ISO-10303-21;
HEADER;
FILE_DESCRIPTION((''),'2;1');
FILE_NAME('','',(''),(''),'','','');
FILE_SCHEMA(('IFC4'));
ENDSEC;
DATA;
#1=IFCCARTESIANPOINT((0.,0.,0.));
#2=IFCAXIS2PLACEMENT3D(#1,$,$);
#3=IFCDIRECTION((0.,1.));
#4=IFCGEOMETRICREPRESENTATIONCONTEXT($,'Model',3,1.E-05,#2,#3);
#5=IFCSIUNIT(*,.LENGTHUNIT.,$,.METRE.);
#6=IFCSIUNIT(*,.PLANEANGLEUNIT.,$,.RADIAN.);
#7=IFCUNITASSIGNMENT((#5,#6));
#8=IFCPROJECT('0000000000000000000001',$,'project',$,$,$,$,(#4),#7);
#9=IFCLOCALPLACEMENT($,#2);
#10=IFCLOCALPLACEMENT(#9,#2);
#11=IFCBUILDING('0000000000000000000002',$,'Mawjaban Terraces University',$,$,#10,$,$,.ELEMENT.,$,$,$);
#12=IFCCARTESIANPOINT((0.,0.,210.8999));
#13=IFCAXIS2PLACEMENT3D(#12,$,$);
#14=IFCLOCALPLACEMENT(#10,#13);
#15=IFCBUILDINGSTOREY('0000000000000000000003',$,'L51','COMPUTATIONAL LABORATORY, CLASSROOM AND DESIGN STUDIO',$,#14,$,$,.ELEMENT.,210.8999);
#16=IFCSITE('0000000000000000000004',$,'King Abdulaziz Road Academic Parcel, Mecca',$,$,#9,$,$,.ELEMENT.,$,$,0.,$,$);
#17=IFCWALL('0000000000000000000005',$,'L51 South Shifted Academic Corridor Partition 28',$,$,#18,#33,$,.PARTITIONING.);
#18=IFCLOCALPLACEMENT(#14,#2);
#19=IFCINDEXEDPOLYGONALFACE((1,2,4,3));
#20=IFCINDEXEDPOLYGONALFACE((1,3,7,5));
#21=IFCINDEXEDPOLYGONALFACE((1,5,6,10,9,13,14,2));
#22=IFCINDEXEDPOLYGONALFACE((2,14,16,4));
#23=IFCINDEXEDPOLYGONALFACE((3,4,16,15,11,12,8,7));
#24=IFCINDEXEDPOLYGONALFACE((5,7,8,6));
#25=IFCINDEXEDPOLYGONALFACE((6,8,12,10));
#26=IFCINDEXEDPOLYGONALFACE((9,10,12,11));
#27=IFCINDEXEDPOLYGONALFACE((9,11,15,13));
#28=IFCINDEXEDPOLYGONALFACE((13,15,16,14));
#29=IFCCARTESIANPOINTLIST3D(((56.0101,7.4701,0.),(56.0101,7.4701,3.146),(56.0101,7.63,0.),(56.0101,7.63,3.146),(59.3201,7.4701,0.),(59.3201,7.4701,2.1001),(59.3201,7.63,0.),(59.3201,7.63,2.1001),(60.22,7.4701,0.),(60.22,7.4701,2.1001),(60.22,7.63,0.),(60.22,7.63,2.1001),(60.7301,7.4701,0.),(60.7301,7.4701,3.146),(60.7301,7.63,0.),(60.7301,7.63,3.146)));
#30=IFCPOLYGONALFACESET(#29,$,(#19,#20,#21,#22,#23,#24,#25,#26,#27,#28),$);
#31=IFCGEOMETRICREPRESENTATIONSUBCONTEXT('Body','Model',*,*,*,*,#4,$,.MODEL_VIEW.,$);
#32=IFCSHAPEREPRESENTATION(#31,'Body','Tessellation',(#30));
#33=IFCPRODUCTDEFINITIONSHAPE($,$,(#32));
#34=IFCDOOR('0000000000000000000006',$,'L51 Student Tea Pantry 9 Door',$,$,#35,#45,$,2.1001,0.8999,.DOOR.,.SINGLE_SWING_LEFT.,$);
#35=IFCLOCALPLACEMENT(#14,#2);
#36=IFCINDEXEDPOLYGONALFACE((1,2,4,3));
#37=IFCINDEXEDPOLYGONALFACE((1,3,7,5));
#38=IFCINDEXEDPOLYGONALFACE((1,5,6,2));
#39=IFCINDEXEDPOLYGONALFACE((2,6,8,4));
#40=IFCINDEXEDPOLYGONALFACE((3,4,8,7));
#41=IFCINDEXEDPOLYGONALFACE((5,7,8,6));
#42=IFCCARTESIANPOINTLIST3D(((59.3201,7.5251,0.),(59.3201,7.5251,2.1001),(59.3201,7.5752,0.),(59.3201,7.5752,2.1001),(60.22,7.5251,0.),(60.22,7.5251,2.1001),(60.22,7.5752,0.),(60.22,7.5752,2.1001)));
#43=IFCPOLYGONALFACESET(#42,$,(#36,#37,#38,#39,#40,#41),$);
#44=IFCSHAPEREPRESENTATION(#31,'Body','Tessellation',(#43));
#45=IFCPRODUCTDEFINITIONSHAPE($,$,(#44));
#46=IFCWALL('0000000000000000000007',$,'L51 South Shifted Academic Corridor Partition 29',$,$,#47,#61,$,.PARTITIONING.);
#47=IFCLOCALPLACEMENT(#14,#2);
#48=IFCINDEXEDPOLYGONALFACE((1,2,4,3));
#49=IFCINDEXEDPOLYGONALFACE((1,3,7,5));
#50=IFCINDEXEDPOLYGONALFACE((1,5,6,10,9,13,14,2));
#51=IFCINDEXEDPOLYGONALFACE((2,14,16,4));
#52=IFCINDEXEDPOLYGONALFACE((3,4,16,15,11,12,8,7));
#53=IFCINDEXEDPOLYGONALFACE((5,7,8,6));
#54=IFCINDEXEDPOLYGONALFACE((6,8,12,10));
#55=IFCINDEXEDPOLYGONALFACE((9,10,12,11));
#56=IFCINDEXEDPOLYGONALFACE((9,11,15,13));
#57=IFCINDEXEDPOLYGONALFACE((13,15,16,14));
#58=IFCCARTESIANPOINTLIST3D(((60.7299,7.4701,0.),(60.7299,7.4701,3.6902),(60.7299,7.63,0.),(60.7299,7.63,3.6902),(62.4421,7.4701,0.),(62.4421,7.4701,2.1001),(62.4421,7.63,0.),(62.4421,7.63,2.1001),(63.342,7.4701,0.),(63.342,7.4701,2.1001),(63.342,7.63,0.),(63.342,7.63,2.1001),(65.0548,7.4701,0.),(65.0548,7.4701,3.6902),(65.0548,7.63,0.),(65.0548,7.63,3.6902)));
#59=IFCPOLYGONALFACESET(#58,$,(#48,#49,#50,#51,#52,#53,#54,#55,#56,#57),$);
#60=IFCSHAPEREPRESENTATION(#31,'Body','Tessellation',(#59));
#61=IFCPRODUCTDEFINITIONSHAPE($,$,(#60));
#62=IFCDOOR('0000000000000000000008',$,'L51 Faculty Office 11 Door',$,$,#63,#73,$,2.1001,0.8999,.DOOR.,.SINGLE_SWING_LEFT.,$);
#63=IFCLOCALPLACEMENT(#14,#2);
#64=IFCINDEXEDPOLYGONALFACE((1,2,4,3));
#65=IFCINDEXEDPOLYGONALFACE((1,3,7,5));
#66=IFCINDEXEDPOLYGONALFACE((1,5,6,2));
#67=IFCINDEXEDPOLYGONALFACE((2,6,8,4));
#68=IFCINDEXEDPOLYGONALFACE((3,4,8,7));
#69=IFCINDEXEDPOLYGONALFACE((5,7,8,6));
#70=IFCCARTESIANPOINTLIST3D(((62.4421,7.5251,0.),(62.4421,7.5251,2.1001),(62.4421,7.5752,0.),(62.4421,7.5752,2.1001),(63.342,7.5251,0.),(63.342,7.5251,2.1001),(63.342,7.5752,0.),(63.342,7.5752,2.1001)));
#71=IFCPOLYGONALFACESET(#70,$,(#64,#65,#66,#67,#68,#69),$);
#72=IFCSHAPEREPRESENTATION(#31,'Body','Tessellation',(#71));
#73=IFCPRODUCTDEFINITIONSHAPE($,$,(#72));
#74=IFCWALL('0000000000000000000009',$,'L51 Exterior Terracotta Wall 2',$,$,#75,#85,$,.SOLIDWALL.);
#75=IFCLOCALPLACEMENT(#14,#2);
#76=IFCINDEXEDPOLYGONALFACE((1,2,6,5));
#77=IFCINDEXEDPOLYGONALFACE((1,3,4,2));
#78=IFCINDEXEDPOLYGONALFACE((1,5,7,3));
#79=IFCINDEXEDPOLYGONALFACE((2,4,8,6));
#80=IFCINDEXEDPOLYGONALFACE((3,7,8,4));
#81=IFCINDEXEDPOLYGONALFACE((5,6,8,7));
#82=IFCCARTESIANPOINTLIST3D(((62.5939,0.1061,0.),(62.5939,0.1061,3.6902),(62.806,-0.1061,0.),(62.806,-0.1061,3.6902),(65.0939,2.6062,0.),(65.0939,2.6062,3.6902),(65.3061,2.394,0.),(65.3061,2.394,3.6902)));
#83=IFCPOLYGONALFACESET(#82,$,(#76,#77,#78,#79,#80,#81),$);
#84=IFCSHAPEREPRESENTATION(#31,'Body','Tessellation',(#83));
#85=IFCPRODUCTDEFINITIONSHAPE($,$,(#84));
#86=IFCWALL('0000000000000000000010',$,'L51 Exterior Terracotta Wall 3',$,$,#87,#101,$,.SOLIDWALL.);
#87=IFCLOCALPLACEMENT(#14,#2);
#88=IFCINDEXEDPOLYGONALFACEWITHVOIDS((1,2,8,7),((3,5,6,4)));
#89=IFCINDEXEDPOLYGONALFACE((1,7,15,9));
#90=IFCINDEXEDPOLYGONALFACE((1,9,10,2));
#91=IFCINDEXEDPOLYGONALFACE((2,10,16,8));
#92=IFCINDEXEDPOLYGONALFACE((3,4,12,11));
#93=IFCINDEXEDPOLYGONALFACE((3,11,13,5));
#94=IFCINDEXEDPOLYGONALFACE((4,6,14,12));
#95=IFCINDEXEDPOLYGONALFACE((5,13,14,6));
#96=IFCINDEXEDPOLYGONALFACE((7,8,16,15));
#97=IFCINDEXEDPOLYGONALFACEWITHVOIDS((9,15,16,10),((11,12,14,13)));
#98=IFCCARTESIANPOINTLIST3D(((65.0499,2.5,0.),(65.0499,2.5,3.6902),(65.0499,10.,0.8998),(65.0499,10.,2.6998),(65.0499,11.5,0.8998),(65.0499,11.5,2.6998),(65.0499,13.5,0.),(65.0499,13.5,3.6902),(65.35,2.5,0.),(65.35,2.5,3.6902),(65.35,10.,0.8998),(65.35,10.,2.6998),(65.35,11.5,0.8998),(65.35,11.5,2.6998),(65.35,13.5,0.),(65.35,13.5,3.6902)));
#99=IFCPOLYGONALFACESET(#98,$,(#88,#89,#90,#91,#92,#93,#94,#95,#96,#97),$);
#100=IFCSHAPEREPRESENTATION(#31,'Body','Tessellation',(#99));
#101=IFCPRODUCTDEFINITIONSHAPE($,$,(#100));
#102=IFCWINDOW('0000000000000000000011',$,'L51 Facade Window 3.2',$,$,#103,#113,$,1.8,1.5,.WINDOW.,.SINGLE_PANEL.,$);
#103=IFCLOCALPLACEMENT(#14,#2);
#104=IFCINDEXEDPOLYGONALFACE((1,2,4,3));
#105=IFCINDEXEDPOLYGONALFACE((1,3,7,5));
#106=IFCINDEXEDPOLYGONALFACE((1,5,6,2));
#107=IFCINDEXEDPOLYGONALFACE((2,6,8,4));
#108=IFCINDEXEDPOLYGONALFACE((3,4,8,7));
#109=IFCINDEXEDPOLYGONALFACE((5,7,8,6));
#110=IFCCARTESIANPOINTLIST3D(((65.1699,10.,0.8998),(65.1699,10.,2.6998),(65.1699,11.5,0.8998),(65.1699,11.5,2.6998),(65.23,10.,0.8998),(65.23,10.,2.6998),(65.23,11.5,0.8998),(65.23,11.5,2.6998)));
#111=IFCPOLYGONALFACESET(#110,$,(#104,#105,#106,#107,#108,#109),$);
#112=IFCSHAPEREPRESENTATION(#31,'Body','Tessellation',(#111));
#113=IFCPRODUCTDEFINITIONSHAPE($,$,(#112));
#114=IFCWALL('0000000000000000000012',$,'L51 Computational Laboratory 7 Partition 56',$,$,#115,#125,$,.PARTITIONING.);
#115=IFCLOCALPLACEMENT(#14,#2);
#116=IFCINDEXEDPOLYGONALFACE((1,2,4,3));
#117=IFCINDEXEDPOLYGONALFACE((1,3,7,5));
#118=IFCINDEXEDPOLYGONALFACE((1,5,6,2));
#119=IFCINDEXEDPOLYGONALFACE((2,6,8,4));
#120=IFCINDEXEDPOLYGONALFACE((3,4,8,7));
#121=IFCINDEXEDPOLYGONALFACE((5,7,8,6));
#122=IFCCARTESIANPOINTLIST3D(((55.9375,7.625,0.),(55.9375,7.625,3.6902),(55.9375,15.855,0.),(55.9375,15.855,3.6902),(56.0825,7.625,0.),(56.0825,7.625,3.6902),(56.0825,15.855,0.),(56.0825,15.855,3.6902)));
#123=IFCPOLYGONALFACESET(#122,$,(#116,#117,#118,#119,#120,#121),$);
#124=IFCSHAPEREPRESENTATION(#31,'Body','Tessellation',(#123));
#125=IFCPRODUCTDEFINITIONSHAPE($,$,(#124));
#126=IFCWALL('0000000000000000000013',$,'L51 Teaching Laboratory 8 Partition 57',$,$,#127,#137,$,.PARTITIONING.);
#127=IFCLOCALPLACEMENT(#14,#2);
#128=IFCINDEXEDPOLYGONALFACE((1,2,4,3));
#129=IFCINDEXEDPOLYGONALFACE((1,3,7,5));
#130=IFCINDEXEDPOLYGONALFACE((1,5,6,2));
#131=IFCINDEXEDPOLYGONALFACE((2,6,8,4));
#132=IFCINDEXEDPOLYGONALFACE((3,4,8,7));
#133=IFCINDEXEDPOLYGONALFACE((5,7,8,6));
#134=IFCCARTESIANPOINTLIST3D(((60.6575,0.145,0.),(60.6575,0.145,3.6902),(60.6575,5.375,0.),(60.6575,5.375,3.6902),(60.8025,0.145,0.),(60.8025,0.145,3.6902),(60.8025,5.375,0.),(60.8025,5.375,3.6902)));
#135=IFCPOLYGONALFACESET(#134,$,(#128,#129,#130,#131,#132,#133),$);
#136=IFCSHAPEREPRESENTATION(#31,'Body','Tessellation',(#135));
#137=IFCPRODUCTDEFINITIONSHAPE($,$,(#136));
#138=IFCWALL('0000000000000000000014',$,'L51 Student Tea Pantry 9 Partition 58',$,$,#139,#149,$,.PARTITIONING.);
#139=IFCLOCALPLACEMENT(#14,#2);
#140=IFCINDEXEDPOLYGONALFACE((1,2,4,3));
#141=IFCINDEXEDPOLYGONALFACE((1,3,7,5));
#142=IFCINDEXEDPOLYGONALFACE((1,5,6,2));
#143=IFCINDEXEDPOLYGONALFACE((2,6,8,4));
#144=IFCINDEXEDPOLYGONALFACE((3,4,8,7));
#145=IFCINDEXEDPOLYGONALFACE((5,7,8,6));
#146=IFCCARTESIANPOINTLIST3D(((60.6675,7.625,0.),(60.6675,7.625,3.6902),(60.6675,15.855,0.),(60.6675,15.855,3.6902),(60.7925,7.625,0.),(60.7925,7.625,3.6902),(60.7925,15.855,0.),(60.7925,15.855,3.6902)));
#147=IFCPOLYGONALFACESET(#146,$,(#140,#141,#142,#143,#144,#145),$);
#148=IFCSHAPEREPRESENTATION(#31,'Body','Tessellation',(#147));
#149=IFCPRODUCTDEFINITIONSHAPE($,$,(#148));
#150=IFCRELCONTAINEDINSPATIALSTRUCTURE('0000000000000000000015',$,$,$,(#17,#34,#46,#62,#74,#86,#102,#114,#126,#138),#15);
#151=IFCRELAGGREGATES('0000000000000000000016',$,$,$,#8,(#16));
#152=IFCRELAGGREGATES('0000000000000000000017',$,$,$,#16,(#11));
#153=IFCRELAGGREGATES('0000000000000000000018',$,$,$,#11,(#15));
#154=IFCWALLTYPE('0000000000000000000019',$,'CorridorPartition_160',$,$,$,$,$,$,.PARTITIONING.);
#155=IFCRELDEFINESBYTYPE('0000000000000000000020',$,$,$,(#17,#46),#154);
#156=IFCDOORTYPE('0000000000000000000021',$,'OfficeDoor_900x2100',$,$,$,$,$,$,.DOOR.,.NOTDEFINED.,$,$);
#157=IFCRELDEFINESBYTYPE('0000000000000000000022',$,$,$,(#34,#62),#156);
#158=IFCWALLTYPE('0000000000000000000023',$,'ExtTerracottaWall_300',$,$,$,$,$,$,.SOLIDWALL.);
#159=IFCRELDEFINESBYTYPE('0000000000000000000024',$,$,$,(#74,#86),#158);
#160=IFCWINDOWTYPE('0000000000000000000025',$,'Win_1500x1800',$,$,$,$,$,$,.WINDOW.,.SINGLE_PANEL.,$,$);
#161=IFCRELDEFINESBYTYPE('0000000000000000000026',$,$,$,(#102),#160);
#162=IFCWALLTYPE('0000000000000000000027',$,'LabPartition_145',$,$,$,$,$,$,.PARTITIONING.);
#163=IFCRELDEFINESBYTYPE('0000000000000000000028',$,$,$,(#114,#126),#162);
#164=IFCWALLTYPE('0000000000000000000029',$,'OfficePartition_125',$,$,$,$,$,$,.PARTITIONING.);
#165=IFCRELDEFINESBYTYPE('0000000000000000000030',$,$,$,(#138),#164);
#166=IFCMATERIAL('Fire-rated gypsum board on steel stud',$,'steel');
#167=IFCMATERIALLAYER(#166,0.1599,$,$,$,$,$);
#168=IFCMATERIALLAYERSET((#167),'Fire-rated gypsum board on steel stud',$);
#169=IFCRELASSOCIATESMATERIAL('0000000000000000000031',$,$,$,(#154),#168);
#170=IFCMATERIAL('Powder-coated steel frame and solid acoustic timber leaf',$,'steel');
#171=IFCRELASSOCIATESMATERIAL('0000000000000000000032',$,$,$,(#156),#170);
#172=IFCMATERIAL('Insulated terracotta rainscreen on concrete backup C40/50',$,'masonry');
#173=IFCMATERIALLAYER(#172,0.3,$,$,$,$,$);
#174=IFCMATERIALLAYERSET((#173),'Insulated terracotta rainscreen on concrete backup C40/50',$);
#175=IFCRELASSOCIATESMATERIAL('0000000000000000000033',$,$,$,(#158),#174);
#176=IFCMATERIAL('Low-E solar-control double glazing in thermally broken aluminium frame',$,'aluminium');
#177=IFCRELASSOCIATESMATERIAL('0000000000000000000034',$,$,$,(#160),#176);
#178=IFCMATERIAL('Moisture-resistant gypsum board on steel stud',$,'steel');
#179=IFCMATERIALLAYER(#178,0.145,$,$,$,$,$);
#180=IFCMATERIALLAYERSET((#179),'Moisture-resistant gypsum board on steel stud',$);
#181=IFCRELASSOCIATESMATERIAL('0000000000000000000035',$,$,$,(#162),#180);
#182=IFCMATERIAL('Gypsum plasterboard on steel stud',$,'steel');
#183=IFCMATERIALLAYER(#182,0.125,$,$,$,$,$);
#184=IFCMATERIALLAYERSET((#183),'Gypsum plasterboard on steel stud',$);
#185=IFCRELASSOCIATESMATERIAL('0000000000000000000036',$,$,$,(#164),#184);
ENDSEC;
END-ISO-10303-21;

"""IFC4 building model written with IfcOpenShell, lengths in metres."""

from ifc_helpers import new_model, si_unit, direction, frame, frame_2d, origin, place, context, subcontext, project, spatial, rectangle, extrude, material, layer, layer_set, type_object, element, fill, save


model = new_model("IFC4")

# Units and contexts
model_context = context("Model", 3, precision=1e-05, world=origin(), true_north=direction((0.0, 1.0)))
body_context = subcontext(model_context, "Body", "Model", "MODEL_VIEW")
ifc_project = project(units=[si_unit("LENGTHUNIT", "METRE"), si_unit("PLANEANGLEUNIT", "RADIAN")], contexts=[model_context])

# Site, building, storey
site_placement = place(None, origin())
site = spatial("IfcSite", under=ifc_project, at=site_placement, Name="King Abdulaziz Road Academic Parcel, Mecca", CompositionType="ELEMENT", RefElevation=0.0)
building_placement = place(site_placement, origin())
building = spatial("IfcBuilding", under=site, at=building_placement, Name="Mawjaban Terraces University", CompositionType="ELEMENT")
storey_placement = place(building_placement, frame((0.0, 0.0, 210.8999)))
storey = spatial("IfcBuildingStorey", under=building, at=storey_placement, Name="L51", Description="COMPUTATIONAL LABORATORY, CLASSROOM AND DESIGN STUDIO", CompositionType="ELEMENT", Elevation=210.8999)

# Walls, openings, doors
ifc_material_1 = material(Name="Fire-rated gypsum board on steel stud", Category="steel")
ifc_layer_1 = layer(ifc_material_1, 0.1599)
ifc_layer_set_1 = layer_set([ifc_layer_1], Name="Fire-rated gypsum board on steel stud")
wall_type_1 = type_object("IfcWallType", Name="CorridorPartition_160", PredefinedType="PARTITIONING", material=ifc_layer_set_1)
ifc_material_2 = material(Name="Powder-coated steel frame and solid acoustic timber leaf", Category="steel")
door_type_1 = type_object("IfcDoorType", Name="OfficeDoor_900x2100", OperationType="NOTDEFINED", PredefinedType="DOOR", material=ifc_material_2)
wall_1_placement = place(storey_placement, frame((60.73, 7.55, 0.0), z_axis=(0.0, 0.0, 1.0), x_axis=(-1.0, 0.0, 0.0)))
wall_1 = element("IfcWall", 1, at=wall_1_placement, inside=storey, type_object=wall_type_1, Name="L51 South Shifted Academic Corridor Partition 28", PredefinedType="PARTITIONING", context=body_context, shape_type="SweptSolid", body=[
    extrude(rectangle(XDim=4.72, YDim=0.1599, at=frame_2d((2.3599, 0.0))), origin(), (0.0, 0.0, 1.0), 3.146),
])
opening_1_placement = place(wall_1_placement, frame((0.51, 0.0, 0.0)))
opening_1 = element("IfcOpeningElement", 2, at=opening_1_placement, cuts=wall_1, PredefinedType="OPENING", context=body_context, shape_type="SweptSolid", body=[
    extrude(rectangle(XDim=0.8999, YDim=2.1001, at=frame_2d((0.45, 1.05))), frame((0.0, 0.0898, 0.0), z_axis=(0.0, -1.0, 0.0), x_axis=(1.0, 0.0, 0.0)), (0.0, 0.0, 1.0), 0.1799),
])
door_1_placement = place(opening_1_placement, origin())
door_1 = element("IfcDoor", 3, at=door_1_placement, inside=storey, type_object=door_type_1, Name="L51 Student Tea Pantry 9 Door", OperationType="SINGLE_SWING_LEFT", OverallHeight=2.1001, OverallWidth=0.8999, PredefinedType="DOOR", context=body_context, shape_type="SweptSolid", body=[
    extrude(rectangle(XDim=0.8999, YDim=2.1001, at=frame_2d((0.45, 1.05))), frame((0.0, 0.0249, 0.0), z_axis=(0.0, -1.0, 0.0), x_axis=(1.0, 0.0, 0.0)), (0.0, 0.0, 1.0), 0.05),
])
fill(opening_1, door_1)
wall_2_placement = place(storey_placement, frame((65.0549, 7.55, 0.0), z_axis=(0.0, 0.0, 1.0), x_axis=(-1.0, 0.0, 0.0)))
wall_2 = element("IfcWall", 4, at=wall_2_placement, inside=storey, type_object=wall_type_1, Name="L51 South Shifted Academic Corridor Partition 29", PredefinedType="PARTITIONING", context=body_context, shape_type="SweptSolid", body=[
    extrude(rectangle(XDim=4.325, YDim=0.1599, at=frame_2d((2.1626, 0.0))), origin(), (0.0, 0.0, 1.0), 3.6902),
])
opening_2_placement = place(wall_2_placement, frame((1.7129, 0.0, 0.0)))
opening_2 = element("IfcOpeningElement", 5, at=opening_2_placement, cuts=wall_2, PredefinedType="OPENING", context=body_context, shape_type="SweptSolid", body=[
    extrude(rectangle(XDim=0.8999, YDim=2.1001, at=frame_2d((0.45, 1.05))), frame((0.0, 0.0898, 0.0), z_axis=(0.0, -1.0, 0.0), x_axis=(1.0, 0.0, 0.0)), (0.0, 0.0, 1.0), 0.1799),
])
door_2_placement = place(opening_2_placement, origin())
door_2 = element("IfcDoor", 6, at=door_2_placement, inside=storey, type_object=door_type_1, Name="L51 Faculty Office 11 Door", OperationType="SINGLE_SWING_LEFT", OverallHeight=2.1001, OverallWidth=0.8999, PredefinedType="DOOR", context=body_context, shape_type="SweptSolid", body=[
    extrude(rectangle(XDim=0.8999, YDim=2.1001, at=frame_2d((0.45, 1.05))), frame((0.0, 0.0249, 0.0), z_axis=(0.0, -1.0, 0.0), x_axis=(1.0, 0.0, 0.0)), (0.0, 0.0, 1.0), 0.05),
])
fill(opening_2, door_2)

# Wall
ifc_material_3 = material(Name="Insulated terracotta rainscreen on concrete backup C40/50", Category="masonry")
ifc_layer_2 = layer(ifc_material_3, 0.3)
ifc_layer_set_2 = layer_set([ifc_layer_2], Name="Insulated terracotta rainscreen on concrete backup C40/50")
wall_type_2 = type_object("IfcWallType", Name="ExtTerracottaWall_300", PredefinedType="SOLIDWALL", material=ifc_layer_set_2)
wall_3_placement = place(storey_placement, frame((62.7, 0.0, 0.0), z_axis=(0.0, 0.0, 1.0), x_axis=(0.707107, 0.707107, 0.0)))
element("IfcWall", 7, at=wall_3_placement, inside=storey, type_object=wall_type_2, Name="L51 Exterior Terracotta Wall 2", PredefinedType="SOLIDWALL", context=body_context, shape_type="SweptSolid", body=[
    extrude(rectangle(XDim=3.5356, YDim=0.3, at=frame_2d((1.7678, 0.0))), origin(), (0.0, 0.0, 1.0), 3.6902),
])

# Wall, opening, window
wall_4_placement = place(storey_placement, frame((65.2, 2.5, 0.0), z_axis=(0.0, 0.0, 1.0), x_axis=(0.0, 1.0, 0.0)))
wall_4 = element("IfcWall", 8, at=wall_4_placement, inside=storey, type_object=wall_type_2, Name="L51 Exterior Terracotta Wall 3", PredefinedType="SOLIDWALL", context=body_context, shape_type="SweptSolid", body=[
    extrude(rectangle(XDim=11.0, YDim=0.3, at=frame_2d((5.5, 0.0))), origin(), (0.0, 0.0, 1.0), 3.6902),
])
opening_3_placement = place(wall_4_placement, frame((7.5, 0.0, 0.8999)))
opening_3 = element("IfcOpeningElement", 9, at=opening_3_placement, cuts=wall_4, PredefinedType="OPENING", context=body_context, shape_type="SweptSolid", body=[
    extrude(rectangle(XDim=1.5, YDim=1.8, at=frame_2d((0.75, 0.8999))), frame((0.0, 0.1599, 0.0), z_axis=(0.0, -1.0, 0.0), x_axis=(1.0, 0.0, 0.0)), (0.0, 0.0, 1.0), 0.3201),
])
ifc_material_4 = material(Name="Low-E solar-control double glazing in thermally broken aluminium frame", Category="aluminium")
window_type = type_object("IfcWindowType", Name="Win_1500x1800", PartitioningType="SINGLE_PANEL", PredefinedType="WINDOW", material=ifc_material_4)
window_placement = place(opening_3_placement, origin())
window = element("IfcWindow", 10, at=window_placement, inside=storey, type_object=window_type, Name="L51 Facade Window 3.2", OverallHeight=1.8, OverallWidth=1.5, PartitioningType="SINGLE_PANEL", PredefinedType="WINDOW", context=body_context, shape_type="SweptSolid", body=[
    extrude(rectangle(XDim=1.5, YDim=1.8, at=frame_2d((0.75, 0.8999))), frame((0.0, 0.03, 0.0), z_axis=(0.0, -1.0, 0.0), x_axis=(1.0, 0.0, 0.0)), (0.0, 0.0, 1.0), 0.0601),
])
fill(opening_3, window)

# Shared definitions
ifc_material_5 = material(Name="Moisture-resistant gypsum board on steel stud", Category="steel")
ifc_layer_3 = layer(ifc_material_5, 0.145)
ifc_layer_set_3 = layer_set([ifc_layer_3], Name="Moisture-resistant gypsum board on steel stud")
wall_type_3 = type_object("IfcWallType", Name="LabPartition_145", PredefinedType="PARTITIONING", material=ifc_layer_set_3)

# Walls
wall_5_placement = place(storey_placement, frame((56.01, 7.625, 0.0), z_axis=(0.0, 0.0, 1.0), x_axis=(0.0, 1.0, 0.0)))
element("IfcWall", 11, at=wall_5_placement, inside=storey, type_object=wall_type_3, Name="L51 Computational Laboratory 7 Partition 56", PredefinedType="PARTITIONING", context=body_context, shape_type="SweptSolid", body=[
    extrude(rectangle(XDim=8.23, YDim=0.145, at=frame_2d((4.115, 0.0))), origin(), (0.0, 0.0, 1.0), 3.6902),
])
wall_6_placement = place(storey_placement, frame((60.73, 0.145, 0.0), z_axis=(0.0, 0.0, 1.0), x_axis=(0.0, 1.0, 0.0)))
element("IfcWall", 12, at=wall_6_placement, inside=storey, type_object=wall_type_3, Name="L51 Teaching Laboratory 8 Partition 57", PredefinedType="PARTITIONING", context=body_context, shape_type="SweptSolid", body=[
    extrude(rectangle(XDim=5.23, YDim=0.145, at=frame_2d((2.615, 0.0))), origin(), (0.0, 0.0, 1.0), 3.6902),
])
ifc_material_6 = material(Name="Gypsum plasterboard on steel stud", Category="steel")
ifc_layer_4 = layer(ifc_material_6, 0.125)
ifc_layer_set_4 = layer_set([ifc_layer_4], Name="Gypsum plasterboard on steel stud")
wall_type_4 = type_object("IfcWallType", Name="OfficePartition_125", PredefinedType="PARTITIONING", material=ifc_layer_set_4)
wall_7_placement = place(storey_placement, frame((60.73, 7.625, 0.0), z_axis=(0.0, 0.0, 1.0), x_axis=(0.0, 1.0, 0.0)))
element("IfcWall", 13, at=wall_7_placement, inside=storey, type_object=wall_type_4, Name="L51 Student Tea Pantry 9 Partition 58", PredefinedType="PARTITIONING", context=body_context, shape_type="SweptSolid", body=[
    extrude(rectangle(XDim=8.23, YDim=0.125, at=frame_2d((4.115, 0.0))), origin(), (0.0, 0.0, 1.0), 3.6902),
])

save(model, "model.ifc")
